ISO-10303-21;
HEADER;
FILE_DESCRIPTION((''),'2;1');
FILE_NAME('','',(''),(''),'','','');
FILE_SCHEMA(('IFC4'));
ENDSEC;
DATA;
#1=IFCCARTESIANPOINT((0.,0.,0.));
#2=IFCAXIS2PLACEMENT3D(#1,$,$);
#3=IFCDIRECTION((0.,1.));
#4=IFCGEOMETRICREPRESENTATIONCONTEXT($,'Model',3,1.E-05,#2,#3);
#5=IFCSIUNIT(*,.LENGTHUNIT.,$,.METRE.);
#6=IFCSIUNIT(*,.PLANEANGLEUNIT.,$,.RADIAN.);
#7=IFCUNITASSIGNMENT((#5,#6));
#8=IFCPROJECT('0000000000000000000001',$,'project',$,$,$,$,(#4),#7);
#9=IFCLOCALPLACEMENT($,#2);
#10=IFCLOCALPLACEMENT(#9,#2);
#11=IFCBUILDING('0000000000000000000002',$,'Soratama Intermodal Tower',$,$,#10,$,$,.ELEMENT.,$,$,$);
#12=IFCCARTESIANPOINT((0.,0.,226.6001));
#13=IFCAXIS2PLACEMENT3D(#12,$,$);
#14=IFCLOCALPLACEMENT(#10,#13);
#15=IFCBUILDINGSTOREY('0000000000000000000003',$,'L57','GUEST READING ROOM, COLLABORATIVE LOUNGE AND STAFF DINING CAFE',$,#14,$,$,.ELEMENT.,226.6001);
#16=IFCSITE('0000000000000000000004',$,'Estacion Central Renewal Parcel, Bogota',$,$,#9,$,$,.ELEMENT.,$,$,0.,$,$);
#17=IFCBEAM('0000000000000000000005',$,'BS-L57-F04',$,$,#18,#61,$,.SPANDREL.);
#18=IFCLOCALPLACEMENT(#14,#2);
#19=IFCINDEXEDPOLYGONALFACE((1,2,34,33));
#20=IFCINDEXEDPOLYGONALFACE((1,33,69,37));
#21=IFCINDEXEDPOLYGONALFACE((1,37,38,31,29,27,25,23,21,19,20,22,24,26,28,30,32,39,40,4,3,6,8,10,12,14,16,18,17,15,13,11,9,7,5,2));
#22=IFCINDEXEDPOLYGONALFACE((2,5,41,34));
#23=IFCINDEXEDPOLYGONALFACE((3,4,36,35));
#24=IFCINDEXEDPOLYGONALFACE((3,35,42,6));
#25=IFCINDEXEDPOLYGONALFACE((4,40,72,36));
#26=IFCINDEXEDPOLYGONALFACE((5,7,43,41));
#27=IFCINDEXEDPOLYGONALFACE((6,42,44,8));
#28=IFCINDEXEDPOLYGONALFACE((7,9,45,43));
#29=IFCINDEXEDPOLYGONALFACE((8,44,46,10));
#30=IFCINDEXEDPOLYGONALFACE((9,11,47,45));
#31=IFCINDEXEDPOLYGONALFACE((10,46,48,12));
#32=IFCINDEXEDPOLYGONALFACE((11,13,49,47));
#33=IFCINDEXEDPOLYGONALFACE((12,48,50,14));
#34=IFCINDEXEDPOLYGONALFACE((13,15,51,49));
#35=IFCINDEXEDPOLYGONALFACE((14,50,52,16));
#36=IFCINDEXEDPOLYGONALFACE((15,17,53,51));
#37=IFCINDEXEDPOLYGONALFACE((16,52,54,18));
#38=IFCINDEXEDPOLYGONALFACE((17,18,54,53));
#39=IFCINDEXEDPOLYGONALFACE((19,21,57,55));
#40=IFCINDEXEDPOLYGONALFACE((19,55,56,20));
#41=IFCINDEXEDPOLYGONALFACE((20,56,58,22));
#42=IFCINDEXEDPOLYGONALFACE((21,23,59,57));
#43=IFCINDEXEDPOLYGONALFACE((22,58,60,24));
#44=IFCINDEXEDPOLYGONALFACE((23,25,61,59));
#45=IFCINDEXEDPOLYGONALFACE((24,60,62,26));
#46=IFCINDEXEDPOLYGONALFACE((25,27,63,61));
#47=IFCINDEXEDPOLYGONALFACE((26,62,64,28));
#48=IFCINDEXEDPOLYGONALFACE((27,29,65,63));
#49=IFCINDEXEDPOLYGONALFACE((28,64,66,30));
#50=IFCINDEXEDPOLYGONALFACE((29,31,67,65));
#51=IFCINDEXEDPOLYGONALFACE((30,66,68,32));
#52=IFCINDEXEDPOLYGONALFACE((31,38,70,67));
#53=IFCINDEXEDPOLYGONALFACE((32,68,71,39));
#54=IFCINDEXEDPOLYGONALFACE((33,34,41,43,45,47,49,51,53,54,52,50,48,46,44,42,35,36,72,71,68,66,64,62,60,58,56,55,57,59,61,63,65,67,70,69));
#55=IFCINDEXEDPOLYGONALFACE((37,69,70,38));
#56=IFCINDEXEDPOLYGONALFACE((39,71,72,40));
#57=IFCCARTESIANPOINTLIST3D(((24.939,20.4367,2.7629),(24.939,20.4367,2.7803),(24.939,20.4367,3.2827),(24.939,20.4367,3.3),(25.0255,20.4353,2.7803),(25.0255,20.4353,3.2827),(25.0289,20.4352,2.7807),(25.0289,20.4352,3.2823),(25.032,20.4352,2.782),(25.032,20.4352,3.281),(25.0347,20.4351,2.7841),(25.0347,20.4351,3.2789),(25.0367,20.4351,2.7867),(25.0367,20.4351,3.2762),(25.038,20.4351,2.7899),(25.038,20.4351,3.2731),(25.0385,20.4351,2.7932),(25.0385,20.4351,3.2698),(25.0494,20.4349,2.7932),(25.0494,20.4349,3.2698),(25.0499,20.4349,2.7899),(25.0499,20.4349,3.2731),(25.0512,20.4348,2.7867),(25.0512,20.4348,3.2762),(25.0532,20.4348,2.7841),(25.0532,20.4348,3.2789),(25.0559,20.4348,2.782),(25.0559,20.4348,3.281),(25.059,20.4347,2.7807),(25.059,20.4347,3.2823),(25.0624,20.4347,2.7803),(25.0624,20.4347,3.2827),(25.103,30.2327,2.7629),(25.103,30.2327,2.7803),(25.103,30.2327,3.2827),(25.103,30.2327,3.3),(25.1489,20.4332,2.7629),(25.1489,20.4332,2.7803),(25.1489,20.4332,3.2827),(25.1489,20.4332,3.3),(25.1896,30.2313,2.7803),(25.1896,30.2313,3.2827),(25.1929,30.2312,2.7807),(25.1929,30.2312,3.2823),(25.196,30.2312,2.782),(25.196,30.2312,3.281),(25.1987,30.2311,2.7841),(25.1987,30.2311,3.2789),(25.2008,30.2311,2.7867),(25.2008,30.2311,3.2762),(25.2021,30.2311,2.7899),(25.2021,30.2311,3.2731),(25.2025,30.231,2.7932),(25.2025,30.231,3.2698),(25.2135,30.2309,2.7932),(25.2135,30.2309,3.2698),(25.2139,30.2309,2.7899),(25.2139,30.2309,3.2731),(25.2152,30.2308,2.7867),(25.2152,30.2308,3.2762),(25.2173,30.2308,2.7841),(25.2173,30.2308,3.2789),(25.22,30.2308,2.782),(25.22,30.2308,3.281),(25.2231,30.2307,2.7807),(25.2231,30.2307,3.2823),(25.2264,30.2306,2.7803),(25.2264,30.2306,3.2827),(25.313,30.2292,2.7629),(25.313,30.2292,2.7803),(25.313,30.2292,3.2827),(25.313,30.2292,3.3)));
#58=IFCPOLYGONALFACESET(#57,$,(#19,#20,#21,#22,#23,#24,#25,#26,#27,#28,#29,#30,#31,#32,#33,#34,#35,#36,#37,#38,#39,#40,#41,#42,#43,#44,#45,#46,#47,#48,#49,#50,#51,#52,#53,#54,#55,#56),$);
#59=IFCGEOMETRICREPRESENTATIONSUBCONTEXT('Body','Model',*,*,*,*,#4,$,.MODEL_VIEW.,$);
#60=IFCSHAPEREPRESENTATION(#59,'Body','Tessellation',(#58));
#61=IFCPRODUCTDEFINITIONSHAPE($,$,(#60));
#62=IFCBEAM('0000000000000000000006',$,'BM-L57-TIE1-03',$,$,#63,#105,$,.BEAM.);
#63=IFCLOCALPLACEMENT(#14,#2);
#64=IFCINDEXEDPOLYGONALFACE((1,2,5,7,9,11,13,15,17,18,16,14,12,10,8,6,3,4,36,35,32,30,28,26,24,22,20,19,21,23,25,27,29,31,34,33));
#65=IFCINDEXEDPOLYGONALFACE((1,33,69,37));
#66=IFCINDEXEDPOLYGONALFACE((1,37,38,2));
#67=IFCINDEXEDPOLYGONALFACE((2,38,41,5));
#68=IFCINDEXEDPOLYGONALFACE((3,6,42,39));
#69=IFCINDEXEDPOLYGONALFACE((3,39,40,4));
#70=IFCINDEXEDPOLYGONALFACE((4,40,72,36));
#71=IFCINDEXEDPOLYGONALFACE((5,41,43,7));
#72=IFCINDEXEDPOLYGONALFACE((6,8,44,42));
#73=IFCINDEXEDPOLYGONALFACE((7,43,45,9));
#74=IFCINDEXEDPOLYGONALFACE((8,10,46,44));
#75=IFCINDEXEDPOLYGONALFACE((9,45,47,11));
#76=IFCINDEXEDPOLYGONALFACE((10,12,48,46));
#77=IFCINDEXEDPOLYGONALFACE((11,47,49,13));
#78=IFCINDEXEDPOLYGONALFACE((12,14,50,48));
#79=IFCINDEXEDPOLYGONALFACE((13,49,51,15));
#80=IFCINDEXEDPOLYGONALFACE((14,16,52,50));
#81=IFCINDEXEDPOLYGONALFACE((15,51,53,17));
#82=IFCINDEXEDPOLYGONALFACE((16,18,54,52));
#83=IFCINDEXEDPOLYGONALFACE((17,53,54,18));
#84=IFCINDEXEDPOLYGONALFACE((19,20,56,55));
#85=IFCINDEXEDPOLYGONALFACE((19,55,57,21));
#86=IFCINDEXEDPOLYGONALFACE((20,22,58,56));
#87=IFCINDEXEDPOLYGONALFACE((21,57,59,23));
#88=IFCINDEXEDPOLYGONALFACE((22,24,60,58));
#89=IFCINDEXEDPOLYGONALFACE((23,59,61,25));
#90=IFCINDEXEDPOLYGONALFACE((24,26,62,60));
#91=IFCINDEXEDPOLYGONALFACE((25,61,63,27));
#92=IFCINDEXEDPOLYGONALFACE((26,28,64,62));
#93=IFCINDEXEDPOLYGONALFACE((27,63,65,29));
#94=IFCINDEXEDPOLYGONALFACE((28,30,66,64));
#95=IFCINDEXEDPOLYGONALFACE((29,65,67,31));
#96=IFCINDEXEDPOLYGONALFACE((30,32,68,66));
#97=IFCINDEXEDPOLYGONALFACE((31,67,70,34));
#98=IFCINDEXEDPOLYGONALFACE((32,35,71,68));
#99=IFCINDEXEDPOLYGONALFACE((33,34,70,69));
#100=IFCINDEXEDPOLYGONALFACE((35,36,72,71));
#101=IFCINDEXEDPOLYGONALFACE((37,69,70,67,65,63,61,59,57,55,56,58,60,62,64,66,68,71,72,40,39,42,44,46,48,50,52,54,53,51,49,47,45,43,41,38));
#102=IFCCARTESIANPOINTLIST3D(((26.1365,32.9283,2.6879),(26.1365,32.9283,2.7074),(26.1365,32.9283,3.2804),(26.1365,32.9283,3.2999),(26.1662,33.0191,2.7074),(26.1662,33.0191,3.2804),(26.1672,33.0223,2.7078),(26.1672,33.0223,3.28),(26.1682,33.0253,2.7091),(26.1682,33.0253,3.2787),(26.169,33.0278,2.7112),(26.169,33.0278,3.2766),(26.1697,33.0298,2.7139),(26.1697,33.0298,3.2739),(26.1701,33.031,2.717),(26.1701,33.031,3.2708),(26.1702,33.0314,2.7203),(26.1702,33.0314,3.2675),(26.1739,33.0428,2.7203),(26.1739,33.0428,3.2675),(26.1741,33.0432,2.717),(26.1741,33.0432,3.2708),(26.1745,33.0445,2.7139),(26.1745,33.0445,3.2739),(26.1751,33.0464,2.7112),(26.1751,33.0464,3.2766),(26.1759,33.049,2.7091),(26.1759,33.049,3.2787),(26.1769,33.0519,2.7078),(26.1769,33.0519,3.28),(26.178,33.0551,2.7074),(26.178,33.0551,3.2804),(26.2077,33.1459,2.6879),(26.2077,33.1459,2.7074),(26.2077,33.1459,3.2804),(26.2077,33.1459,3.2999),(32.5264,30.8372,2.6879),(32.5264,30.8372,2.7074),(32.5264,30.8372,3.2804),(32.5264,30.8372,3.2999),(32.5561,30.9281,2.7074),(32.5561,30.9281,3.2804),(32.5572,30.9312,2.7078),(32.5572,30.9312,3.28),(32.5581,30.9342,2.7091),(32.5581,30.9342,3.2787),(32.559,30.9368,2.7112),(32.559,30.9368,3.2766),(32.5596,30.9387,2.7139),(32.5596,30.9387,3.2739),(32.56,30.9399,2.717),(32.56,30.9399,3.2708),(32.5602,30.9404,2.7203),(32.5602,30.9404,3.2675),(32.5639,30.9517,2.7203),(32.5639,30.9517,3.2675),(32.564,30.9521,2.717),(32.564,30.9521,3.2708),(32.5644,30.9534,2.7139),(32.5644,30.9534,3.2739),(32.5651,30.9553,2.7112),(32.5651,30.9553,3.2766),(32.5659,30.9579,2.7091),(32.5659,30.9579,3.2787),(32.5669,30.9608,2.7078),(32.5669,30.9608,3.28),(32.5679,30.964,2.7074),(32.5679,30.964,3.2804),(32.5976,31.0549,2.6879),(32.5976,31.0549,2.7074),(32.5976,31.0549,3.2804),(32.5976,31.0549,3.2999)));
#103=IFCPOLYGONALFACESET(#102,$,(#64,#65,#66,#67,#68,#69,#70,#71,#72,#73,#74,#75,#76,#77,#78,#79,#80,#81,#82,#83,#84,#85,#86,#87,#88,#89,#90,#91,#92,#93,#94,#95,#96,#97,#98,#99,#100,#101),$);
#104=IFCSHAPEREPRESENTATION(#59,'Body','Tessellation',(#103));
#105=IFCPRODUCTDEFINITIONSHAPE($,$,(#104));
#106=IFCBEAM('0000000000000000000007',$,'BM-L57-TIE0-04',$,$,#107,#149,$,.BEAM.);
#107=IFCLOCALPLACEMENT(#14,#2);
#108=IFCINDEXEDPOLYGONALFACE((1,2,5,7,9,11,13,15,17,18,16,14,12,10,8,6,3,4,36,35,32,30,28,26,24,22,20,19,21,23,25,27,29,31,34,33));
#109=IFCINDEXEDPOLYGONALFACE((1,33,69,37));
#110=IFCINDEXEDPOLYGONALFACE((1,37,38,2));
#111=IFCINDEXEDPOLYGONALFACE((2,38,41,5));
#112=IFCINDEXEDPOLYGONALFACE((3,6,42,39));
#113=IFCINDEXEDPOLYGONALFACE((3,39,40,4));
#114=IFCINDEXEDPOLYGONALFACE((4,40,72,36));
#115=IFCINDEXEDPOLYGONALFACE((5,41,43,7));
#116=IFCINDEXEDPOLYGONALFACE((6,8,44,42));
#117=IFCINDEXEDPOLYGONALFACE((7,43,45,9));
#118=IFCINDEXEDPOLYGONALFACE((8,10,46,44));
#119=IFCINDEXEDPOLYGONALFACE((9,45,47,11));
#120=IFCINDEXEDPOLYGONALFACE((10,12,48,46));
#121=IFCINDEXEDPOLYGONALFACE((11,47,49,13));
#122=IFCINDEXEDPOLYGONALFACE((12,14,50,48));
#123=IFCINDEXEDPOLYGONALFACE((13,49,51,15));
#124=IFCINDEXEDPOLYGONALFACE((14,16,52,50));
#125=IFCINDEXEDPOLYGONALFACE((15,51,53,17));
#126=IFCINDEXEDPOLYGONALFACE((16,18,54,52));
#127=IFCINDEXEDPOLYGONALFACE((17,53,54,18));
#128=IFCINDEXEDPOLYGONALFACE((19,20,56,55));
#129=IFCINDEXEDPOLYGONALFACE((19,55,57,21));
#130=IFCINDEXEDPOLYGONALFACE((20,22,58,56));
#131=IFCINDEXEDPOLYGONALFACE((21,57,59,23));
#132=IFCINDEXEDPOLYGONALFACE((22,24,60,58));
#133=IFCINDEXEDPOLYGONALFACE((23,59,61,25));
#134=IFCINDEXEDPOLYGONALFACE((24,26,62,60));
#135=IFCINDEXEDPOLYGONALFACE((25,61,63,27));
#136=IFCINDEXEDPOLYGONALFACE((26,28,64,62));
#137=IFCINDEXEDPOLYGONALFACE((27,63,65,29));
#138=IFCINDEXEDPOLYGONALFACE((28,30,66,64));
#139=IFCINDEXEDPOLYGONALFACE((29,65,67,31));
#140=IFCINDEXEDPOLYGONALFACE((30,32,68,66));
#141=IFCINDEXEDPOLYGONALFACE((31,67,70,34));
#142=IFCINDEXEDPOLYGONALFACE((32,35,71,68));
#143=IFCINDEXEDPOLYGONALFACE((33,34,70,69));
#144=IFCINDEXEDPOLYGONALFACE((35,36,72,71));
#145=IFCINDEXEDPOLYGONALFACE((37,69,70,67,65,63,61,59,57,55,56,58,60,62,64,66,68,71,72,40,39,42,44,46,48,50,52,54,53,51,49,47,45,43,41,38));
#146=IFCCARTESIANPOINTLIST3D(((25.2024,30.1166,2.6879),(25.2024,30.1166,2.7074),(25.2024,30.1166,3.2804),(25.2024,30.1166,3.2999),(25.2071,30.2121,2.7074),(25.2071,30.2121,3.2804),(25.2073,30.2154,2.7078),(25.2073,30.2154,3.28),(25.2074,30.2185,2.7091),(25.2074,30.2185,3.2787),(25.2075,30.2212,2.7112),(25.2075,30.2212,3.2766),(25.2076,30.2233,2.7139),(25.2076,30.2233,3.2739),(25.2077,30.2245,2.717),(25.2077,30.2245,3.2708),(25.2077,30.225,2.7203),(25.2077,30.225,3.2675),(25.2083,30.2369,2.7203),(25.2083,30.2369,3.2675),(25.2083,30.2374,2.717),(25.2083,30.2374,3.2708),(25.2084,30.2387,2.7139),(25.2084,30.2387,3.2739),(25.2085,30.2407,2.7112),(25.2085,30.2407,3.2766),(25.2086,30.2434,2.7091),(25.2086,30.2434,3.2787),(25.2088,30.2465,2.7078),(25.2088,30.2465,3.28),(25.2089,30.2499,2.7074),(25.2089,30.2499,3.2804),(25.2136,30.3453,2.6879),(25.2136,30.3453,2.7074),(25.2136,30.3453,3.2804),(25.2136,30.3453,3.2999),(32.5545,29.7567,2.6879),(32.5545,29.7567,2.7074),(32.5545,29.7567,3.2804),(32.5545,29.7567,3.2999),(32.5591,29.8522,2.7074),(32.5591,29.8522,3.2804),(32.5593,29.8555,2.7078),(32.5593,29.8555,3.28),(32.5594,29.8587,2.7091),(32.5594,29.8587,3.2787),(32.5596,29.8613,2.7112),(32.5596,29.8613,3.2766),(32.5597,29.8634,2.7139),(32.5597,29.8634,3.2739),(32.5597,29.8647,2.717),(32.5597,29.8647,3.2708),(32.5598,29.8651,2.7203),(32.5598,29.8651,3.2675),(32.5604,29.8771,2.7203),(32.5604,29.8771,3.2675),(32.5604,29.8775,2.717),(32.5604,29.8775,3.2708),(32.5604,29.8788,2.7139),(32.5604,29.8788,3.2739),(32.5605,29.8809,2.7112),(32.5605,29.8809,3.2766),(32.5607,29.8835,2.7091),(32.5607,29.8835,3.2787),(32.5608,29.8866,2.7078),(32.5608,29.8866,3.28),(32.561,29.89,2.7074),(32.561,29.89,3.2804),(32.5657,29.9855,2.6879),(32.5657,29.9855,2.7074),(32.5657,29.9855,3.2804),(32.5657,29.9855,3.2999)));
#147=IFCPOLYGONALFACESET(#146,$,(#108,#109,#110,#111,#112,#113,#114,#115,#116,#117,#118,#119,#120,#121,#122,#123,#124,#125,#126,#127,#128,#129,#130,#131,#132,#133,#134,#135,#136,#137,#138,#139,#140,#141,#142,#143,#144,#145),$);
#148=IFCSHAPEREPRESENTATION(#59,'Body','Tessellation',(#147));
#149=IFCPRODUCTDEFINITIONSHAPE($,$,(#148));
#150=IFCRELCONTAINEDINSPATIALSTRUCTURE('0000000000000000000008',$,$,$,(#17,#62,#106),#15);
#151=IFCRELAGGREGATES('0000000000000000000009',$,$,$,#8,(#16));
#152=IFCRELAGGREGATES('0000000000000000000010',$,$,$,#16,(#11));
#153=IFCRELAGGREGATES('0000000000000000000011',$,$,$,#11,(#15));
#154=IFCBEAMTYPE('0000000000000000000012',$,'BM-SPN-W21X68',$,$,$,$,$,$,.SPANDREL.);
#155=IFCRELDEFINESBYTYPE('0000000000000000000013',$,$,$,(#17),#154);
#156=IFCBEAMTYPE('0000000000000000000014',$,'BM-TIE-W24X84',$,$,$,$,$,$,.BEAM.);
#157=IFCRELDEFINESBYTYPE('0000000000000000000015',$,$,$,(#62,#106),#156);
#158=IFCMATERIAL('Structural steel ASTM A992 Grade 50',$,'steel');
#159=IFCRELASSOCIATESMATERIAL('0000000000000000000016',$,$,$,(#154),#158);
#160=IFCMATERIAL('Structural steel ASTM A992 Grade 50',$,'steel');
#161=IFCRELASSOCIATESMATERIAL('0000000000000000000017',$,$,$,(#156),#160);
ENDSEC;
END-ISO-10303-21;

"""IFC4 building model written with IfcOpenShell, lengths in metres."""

from ifc_helpers import new_model, si_unit, direction, frame, origin, origin_2d, place, context, subcontext, project, spatial, i_section, extrude, material, material_profile, profile_set, type_object, element, save


model = new_model("IFC4")

# Units and contexts
model_context = context("Model", 3, precision=1e-05, world=origin(), true_north=direction((0.0, 1.0)))
body_context = subcontext(model_context, "Body", "Model", "MODEL_VIEW")
ifc_project = project(units=[si_unit("LENGTHUNIT", "METRE"), si_unit("PLANEANGLEUNIT", "RADIAN")], contexts=[model_context])

# Site, building, storey
site_placement = place(None, origin())
site = spatial("IfcSite", under=ifc_project, at=site_placement, Name="Estacion Central Renewal Parcel, Bogota", CompositionType="ELEMENT", RefElevation=0.0)
building_placement = place(site_placement, origin())
building = spatial("IfcBuilding", under=site, at=building_placement, Name="Soratama Intermodal Tower", CompositionType="ELEMENT")
storey_placement = place(building_placement, frame((0.0, 0.0, 226.6001)))
storey = spatial("IfcBuildingStorey", under=building, at=storey_placement, Name="L57", Description="GUEST READING ROOM, COLLABORATIVE LOUNGE AND STAFF DINING CAFE", CompositionType="ELEMENT", Elevation=226.6001)

# Beams
ifc_material_1 = material(Name="Structural steel ASTM A992 Grade 50", Category="steel")
ifc_material_profile_1 = material_profile(ifc_material_1, i_section(OverallWidth=0.21, OverallDepth=0.5371, WebThickness=0.011, FlangeThickness=0.0173, FilletRadius=0.0129, at=origin_2d()), Name="W21X68")
ifc_profile_set_1 = profile_set([ifc_material_profile_1], Name="Structural steel ASTM A992 Grade 50")
beam_type_1 = type_object("IfcBeamType", Name="BM-SPN-W21X68", PredefinedType="SPANDREL", material=ifc_profile_set_1)
beam_1_placement = place(storey_placement, frame((25.208, 30.231, 3.0315), z_axis=(-0.016746, -0.99986, 0.0), x_axis=(0.99986, -0.016746, 0.0)))
element("IfcBeam", 1, at=beam_1_placement, inside=storey, type_object=beam_type_1, Name="BS-L57-F04", PredefinedType="SPANDREL", context=body_context, shape_type="SweptSolid", body=[
    extrude(i_section(OverallWidth=0.21, OverallDepth=0.5371, WebThickness=0.011, FlangeThickness=0.0173, FilletRadius=0.0129, at=origin_2d()), origin(), (0.0, 0.0, 1.0), 9.7974),
])
ifc_material_2 = material(Name="Structural steel ASTM A992 Grade 50", Category="steel")
ifc_material_profile_2 = material_profile(ifc_material_2, i_section(OverallWidth=0.229, OverallDepth=0.6121, WebThickness=0.012, FlangeThickness=0.0195, FilletRadius=0.0129, at=origin_2d()), Name="W24X84")
ifc_profile_set_2 = profile_set([ifc_material_profile_2], Name="Structural steel ASTM A992 Grade 50")
beam_type_2 = type_object("IfcBeamType", Name="BM-TIE-W24X84", PredefinedType="BEAM", material=ifc_profile_set_2)
beam_2_placement = place(storey_placement, frame((32.562, 30.946, 2.9939), z_axis=(-0.950405, 0.311016, 0.0), x_axis=(-0.311016, -0.950405, 0.0)))
element("IfcBeam", 2, at=beam_2_placement, inside=storey, type_object=beam_type_2, Name="BM-L57-TIE1-03", PredefinedType="BEAM", context=body_context, shape_type="SweptSolid", body=[
    extrude(i_section(OverallWidth=0.229, OverallDepth=0.6121, WebThickness=0.012, FlangeThickness=0.0195, FilletRadius=0.0129, at=origin_2d()), origin(), (0.0, 0.0, 1.0), 6.7234),
])
beam_3_placement = place(storey_placement, frame((32.5601, 29.8711, 2.9939), z_axis=(-0.998804, 0.048889, 0.0), x_axis=(-0.048889, -0.998804, 0.0)))
element("IfcBeam", 3, at=beam_3_placement, inside=storey, type_object=beam_type_2, Name="BM-L57-TIE0-04", PredefinedType="BEAM", context=body_context, shape_type="SweptSolid", body=[
    extrude(i_section(OverallWidth=0.229, OverallDepth=0.6121, WebThickness=0.012, FlangeThickness=0.0195, FilletRadius=0.0129, at=origin_2d()), origin(), (0.0, 0.0, 1.0), 7.3608),
])

save(model, "model.ifc")
